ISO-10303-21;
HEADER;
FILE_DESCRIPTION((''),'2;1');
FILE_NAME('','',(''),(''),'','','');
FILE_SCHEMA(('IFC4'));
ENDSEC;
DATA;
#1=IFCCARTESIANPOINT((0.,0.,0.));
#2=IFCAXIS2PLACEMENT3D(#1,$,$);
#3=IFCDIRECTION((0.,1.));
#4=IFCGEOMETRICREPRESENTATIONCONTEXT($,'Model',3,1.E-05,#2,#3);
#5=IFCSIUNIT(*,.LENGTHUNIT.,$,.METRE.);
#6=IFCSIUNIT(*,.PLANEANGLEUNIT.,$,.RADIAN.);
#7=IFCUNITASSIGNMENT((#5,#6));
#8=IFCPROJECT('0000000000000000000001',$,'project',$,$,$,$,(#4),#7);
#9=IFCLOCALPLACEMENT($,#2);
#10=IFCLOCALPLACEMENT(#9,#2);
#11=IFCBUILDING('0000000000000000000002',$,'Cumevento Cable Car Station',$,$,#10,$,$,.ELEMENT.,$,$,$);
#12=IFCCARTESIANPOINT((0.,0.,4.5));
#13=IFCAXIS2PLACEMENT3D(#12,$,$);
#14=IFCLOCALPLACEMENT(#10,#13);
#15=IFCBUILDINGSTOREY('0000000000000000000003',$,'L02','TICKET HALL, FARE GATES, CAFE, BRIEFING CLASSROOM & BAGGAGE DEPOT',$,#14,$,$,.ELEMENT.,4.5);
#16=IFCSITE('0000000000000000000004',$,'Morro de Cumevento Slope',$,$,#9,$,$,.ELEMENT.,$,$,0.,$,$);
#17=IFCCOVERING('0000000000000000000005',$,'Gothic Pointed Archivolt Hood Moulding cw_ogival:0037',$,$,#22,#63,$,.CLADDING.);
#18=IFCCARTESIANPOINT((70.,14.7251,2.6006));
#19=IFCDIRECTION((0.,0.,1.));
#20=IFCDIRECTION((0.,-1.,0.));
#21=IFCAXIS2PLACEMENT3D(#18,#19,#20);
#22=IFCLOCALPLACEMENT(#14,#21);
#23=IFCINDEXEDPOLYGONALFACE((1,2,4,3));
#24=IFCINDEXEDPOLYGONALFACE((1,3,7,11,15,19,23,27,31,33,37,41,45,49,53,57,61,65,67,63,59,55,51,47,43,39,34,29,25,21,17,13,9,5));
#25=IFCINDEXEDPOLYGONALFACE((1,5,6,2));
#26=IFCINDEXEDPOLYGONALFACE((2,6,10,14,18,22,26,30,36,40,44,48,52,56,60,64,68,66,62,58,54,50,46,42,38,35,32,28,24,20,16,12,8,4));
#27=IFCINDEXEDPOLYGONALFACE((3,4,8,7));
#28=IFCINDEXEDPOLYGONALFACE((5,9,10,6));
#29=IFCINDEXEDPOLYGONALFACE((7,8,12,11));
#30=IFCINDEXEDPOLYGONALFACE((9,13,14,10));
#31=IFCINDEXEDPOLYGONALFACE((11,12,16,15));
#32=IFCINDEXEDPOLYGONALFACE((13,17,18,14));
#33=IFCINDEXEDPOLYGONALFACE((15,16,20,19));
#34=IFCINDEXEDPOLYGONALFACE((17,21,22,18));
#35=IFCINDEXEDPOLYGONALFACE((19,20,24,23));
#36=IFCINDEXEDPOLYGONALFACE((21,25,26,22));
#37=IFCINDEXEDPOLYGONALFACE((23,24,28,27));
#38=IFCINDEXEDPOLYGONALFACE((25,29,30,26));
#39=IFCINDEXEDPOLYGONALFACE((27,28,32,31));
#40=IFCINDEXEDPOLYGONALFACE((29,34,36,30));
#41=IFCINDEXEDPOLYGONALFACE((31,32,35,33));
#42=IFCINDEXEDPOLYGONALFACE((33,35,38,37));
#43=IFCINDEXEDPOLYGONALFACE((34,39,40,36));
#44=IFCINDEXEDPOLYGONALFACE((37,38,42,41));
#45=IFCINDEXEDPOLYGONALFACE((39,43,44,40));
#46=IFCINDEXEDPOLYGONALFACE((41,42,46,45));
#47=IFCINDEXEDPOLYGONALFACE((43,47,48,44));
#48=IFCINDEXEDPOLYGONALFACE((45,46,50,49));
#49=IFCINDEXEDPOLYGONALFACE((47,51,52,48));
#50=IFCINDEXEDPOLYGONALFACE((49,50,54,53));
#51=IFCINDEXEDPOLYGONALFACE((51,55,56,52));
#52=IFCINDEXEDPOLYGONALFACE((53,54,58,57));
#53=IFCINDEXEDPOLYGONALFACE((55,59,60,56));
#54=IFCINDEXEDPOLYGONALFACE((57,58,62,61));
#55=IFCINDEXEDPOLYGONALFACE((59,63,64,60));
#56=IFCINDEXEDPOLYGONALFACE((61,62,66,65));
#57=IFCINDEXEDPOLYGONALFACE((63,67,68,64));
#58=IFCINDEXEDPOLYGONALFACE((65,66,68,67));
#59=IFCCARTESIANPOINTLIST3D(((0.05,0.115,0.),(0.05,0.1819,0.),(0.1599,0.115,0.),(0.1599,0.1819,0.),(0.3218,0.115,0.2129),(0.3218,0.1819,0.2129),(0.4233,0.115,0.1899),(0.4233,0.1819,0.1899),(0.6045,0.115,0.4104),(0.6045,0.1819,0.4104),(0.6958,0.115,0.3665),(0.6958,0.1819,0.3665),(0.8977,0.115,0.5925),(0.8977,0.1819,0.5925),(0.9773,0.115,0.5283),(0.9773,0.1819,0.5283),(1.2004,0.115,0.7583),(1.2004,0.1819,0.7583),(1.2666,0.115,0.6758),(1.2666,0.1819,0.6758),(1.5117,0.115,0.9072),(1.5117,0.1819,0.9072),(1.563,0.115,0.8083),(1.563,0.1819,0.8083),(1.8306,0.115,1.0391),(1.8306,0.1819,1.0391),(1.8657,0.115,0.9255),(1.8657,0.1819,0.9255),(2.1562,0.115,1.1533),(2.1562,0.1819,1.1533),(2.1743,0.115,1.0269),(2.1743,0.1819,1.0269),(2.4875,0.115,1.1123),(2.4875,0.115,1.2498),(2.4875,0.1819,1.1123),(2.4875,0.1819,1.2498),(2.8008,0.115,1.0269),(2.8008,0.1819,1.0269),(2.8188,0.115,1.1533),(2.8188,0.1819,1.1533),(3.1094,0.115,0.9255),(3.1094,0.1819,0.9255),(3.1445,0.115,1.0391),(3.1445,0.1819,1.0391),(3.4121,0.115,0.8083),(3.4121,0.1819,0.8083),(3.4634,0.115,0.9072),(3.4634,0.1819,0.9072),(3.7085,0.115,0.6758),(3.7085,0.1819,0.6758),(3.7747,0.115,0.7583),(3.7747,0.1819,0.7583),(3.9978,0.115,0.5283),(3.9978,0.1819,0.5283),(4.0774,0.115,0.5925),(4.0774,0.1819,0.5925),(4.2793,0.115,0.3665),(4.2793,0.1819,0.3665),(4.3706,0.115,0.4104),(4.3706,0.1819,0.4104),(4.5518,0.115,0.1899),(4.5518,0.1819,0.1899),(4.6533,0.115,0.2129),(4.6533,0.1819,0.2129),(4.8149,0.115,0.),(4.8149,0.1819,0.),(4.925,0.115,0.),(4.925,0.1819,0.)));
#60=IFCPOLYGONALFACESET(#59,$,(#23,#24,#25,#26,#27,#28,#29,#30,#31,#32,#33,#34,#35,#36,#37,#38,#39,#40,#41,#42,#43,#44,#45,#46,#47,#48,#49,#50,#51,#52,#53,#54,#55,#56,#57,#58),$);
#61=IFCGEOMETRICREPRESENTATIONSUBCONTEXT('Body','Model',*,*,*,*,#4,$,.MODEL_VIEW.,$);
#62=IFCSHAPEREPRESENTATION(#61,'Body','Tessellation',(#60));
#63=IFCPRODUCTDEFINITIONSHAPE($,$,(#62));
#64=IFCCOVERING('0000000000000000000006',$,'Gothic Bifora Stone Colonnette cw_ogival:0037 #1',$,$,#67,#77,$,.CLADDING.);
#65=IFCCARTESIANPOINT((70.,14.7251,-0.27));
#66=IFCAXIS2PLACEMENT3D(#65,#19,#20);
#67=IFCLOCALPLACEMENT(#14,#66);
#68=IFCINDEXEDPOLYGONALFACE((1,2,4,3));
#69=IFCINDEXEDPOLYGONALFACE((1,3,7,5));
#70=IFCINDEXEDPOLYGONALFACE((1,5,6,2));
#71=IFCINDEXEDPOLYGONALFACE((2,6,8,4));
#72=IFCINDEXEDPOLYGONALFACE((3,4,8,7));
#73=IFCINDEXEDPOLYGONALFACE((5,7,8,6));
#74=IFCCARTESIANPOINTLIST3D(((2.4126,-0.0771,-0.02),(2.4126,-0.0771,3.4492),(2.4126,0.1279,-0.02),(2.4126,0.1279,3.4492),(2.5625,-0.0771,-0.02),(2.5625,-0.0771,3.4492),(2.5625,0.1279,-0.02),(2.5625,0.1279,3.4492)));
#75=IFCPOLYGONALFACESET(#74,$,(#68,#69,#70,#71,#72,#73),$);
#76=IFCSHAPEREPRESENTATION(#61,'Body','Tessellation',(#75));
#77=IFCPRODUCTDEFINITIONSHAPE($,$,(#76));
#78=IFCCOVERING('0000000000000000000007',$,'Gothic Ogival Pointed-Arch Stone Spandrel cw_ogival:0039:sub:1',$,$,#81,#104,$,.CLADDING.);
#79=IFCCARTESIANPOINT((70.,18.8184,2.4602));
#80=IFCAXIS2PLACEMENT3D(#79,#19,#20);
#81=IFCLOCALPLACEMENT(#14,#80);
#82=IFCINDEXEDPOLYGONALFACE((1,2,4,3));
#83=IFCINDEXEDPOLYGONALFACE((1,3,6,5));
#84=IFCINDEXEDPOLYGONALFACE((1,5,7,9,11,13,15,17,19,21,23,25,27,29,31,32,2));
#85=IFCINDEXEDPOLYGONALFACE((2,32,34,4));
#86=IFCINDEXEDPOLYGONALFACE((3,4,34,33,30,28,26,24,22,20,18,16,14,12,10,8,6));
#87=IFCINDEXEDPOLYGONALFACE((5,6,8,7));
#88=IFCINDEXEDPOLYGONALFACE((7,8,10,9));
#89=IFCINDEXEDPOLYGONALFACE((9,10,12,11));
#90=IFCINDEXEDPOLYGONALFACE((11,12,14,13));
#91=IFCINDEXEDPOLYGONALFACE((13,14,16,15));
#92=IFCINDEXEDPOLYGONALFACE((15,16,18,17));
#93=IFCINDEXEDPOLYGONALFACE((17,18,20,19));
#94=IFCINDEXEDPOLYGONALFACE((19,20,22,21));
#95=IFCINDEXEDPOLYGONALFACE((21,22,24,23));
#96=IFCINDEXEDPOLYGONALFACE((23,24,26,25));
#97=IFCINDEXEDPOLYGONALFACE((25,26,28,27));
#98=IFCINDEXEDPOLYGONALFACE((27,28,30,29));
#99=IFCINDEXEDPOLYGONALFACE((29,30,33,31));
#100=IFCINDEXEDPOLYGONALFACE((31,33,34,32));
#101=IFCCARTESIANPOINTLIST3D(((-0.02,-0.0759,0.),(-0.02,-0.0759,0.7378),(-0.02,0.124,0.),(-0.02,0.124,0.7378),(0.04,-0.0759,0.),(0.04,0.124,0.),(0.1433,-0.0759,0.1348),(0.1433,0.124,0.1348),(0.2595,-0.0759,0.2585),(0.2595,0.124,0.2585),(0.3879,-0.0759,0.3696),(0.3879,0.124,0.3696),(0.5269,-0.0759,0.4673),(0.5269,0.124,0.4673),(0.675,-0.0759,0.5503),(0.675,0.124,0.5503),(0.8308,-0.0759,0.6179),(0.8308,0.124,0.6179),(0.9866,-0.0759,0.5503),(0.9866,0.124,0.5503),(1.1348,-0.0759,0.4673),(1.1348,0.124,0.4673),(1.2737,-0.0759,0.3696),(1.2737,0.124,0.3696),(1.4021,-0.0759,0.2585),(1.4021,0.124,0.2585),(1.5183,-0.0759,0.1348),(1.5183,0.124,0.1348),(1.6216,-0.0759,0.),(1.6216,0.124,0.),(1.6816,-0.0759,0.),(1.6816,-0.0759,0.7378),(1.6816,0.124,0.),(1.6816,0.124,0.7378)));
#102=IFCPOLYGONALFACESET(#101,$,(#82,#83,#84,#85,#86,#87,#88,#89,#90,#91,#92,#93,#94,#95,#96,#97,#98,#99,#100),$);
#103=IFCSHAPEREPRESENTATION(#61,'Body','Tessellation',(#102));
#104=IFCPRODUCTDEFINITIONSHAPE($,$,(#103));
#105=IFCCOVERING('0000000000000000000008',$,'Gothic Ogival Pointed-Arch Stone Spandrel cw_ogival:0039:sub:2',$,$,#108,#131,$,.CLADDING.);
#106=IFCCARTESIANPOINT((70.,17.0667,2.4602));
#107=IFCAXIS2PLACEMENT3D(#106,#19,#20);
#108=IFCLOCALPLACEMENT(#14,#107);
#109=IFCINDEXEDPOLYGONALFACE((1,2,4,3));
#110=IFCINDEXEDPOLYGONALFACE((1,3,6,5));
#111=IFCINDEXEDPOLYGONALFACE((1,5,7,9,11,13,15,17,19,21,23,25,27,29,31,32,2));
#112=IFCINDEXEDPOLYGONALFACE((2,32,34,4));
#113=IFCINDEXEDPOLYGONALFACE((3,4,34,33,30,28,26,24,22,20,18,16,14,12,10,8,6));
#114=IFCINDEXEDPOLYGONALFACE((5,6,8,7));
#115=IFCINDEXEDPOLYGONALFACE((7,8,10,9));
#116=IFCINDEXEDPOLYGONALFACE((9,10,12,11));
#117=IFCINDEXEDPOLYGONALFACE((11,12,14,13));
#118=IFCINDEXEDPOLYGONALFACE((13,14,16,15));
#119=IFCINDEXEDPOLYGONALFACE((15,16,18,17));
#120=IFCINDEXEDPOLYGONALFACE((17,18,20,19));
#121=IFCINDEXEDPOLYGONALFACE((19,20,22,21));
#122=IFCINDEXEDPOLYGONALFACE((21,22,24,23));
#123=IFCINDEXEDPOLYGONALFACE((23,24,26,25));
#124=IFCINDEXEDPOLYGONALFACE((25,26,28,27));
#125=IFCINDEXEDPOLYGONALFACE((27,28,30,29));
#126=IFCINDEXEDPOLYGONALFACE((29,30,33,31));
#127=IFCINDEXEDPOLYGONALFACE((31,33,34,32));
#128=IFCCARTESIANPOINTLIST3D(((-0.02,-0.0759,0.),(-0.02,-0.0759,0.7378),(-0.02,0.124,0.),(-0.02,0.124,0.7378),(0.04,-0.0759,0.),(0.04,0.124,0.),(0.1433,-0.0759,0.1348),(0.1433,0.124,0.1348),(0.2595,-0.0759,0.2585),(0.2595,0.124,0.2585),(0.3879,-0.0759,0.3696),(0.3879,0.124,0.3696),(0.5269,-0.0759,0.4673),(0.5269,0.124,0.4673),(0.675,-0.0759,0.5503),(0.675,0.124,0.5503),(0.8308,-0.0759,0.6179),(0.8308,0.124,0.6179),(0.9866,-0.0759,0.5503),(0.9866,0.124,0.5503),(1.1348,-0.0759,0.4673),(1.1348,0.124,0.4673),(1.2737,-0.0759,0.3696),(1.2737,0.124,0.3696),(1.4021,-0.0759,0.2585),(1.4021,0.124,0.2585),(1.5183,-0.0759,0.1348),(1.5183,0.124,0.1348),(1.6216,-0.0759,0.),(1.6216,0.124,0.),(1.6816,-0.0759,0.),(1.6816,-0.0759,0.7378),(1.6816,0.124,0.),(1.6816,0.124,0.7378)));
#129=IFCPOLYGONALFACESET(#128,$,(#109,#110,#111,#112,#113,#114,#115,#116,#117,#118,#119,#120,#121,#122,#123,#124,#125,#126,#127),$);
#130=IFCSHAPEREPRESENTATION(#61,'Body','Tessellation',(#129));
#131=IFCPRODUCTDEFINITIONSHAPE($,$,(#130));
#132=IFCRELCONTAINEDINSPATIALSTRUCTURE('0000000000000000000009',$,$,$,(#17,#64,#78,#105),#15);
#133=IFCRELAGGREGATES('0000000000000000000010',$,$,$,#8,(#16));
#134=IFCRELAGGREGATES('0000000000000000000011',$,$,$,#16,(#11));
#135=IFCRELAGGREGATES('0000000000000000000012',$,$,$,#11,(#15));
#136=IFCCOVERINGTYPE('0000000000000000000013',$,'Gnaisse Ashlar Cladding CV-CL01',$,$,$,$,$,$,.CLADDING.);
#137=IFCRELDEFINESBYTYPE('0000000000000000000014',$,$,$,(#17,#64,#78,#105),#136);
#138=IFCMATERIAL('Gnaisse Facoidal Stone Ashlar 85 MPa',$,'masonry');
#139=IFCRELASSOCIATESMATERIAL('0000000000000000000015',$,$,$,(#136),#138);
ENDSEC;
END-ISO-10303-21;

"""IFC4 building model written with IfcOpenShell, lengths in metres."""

from ifc_helpers import new_model, si_unit, direction, frame, origin, place, context, subcontext, project, spatial, polyline, outline, extrude, material, type_object, element, save


model = new_model("IFC4")

# Units and contexts
model_context = context("Model", 3, precision=1e-05, world=origin(), true_north=direction((0.0, 1.0)))
body_context = subcontext(model_context, "Body", "Model", "MODEL_VIEW")
ifc_project = project(units=[si_unit("LENGTHUNIT", "METRE"), si_unit("PLANEANGLEUNIT", "RADIAN")], contexts=[model_context])

# Site, building, storey
site_placement = place(None, origin())
site = spatial("IfcSite", under=ifc_project, at=site_placement, Name="Morro de Cumevento Slope", CompositionType="ELEMENT", RefElevation=0.0)
building_placement = place(site_placement, origin())
building = spatial("IfcBuilding", under=site, at=building_placement, Name="Cumevento Cable Car Station", CompositionType="ELEMENT")
storey_placement = place(building_placement, frame((0.0, 0.0, 4.5)))
storey = spatial("IfcBuildingStorey", under=building, at=storey_placement, Name="L02", Description="TICKET HALL, FARE GATES, CAFE, BRIEFING CLASSROOM & BAGGAGE DEPOT", CompositionType="ELEMENT", Elevation=4.5)

# Coverings
ifc_material_1 = material(Name="Gnaisse Facoidal Stone Ashlar 85 MPa", Category="masonry")
covering_type = type_object("IfcCoveringType", Name="Gnaisse Ashlar Cladding CV-CL01", PredefinedType="CLADDING", material=ifc_material_1)
covering_1_placement = place(storey_placement, frame((70.0, 14.7251, 2.6006), z_axis=(0.0, 0.0, 1.0), x_axis=(0.0, -1.0, 0.0)))
element("IfcCovering", 1, at=covering_1_placement, inside=storey, type_object=covering_type, Name="Gothic Pointed Archivolt Hood Moulding cw_ogival:0037", PredefinedType="CLADDING", context=body_context, shape_type="SweptSolid", body=[
    extrude(outline(polyline([(0.1599, 0.0), (0.4233, 0.1899), (0.6958, 0.3665), (0.9773, 0.5283), (1.2666, 0.6758), (1.563, 0.8083), (1.8657, 0.9255), (2.1743, 1.0269), (2.4875, 1.1123), (2.8008, 1.0269), (3.1094, 0.9255), (3.4121, 0.8083), (3.7085, 0.6758), (3.9978, 0.5283), (4.2793, 0.3665), (4.5518, 0.1899), (4.8149, 0.0), (4.925, 0.0), (4.6533, 0.2129), (4.3706, 0.4104), (4.0774, 0.5925), (3.7747, 0.7583), (3.4634, 0.9072), (3.1445, 1.0391), (2.8188, 1.1533), (2.4875, 1.2498), (2.1562, 1.1533), (1.8306, 1.0391), (1.5117, 0.9072), (1.2004, 0.7583), (0.8977, 0.5925), (0.6045, 0.4104), (0.3218, 0.2129), (0.05, 0.0), (0.1599, 0.0)])), frame((0.0, 0.1819, 0.0), z_axis=(0.0, -1.0, 0.0), x_axis=(1.0, 0.0, 0.0)), (0.0, 0.0, 1.0), 0.0669),
])
covering_2_placement = place(storey_placement, frame((70.0, 14.7251, -0.27), z_axis=(0.0, 0.0, 1.0), x_axis=(0.0, -1.0, 0.0)))
element("IfcCovering", 2, at=covering_2_placement, inside=storey, type_object=covering_type, Name="Gothic Bifora Stone Colonnette cw_ogival:0037 #1", PredefinedType="CLADDING", context=body_context, shape_type="SweptSolid", body=[
    extrude(outline(polyline([(2.4126, -0.02), (2.5625, -0.02), (2.5625, 3.4492), (2.4126, 3.4492), (2.4126, -0.02)])), frame((0.0, 0.1279, 0.0), z_axis=(0.0, -1.0, 0.0), x_axis=(1.0, 0.0, 0.0)), (0.0, 0.0, 1.0), 0.2051),
])
for number, where, z_axis, x_axis, name in (
    (3, (70.0, 18.8184, 2.4602), (0.0, 0.0, 1.0), (0.0, -1.0, 0.0), "Gothic Ogival Pointed-Arch Stone Spandrel cw_ogival:0039:sub:1"),
    (4, (70.0, 17.0667, 2.4602), (0.0, 0.0, 1.0), (0.0, -1.0, 0.0), "Gothic Ogival Pointed-Arch Stone Spandrel cw_ogival:0039:sub:2"),
):
    element("IfcCovering", number, at=place(storey_placement, frame(where, z_axis=z_axis, x_axis=x_axis)), inside=storey, type_object=covering_type, Name=name, PredefinedType="CLADDING", context=body_context, shape_type="SweptSolid", body=[
        extrude(outline(polyline([(-0.02, 0.0), (-0.02, 0.7378), (1.6816, 0.7378), (1.6816, 0.0), (1.6216, 0.0), (1.5183, 0.1348), (1.4021, 0.2585), (1.2737, 0.3696), (1.1348, 0.4673), (0.9866, 0.5503), (0.8308, 0.6179), (0.675, 0.5503), (0.5269, 0.4673), (0.3879, 0.3696), (0.2595, 0.2585), (0.1433, 0.1348), (0.04, 0.0), (-0.02, 0.0)])), frame((0.0, 0.124, 0.0), z_axis=(0.0, -1.0, 0.0), x_axis=(1.0, 0.0, 0.0)), (0.0, 0.0, 1.0), 0.2),
    ])

save(model, "model.ifc")
